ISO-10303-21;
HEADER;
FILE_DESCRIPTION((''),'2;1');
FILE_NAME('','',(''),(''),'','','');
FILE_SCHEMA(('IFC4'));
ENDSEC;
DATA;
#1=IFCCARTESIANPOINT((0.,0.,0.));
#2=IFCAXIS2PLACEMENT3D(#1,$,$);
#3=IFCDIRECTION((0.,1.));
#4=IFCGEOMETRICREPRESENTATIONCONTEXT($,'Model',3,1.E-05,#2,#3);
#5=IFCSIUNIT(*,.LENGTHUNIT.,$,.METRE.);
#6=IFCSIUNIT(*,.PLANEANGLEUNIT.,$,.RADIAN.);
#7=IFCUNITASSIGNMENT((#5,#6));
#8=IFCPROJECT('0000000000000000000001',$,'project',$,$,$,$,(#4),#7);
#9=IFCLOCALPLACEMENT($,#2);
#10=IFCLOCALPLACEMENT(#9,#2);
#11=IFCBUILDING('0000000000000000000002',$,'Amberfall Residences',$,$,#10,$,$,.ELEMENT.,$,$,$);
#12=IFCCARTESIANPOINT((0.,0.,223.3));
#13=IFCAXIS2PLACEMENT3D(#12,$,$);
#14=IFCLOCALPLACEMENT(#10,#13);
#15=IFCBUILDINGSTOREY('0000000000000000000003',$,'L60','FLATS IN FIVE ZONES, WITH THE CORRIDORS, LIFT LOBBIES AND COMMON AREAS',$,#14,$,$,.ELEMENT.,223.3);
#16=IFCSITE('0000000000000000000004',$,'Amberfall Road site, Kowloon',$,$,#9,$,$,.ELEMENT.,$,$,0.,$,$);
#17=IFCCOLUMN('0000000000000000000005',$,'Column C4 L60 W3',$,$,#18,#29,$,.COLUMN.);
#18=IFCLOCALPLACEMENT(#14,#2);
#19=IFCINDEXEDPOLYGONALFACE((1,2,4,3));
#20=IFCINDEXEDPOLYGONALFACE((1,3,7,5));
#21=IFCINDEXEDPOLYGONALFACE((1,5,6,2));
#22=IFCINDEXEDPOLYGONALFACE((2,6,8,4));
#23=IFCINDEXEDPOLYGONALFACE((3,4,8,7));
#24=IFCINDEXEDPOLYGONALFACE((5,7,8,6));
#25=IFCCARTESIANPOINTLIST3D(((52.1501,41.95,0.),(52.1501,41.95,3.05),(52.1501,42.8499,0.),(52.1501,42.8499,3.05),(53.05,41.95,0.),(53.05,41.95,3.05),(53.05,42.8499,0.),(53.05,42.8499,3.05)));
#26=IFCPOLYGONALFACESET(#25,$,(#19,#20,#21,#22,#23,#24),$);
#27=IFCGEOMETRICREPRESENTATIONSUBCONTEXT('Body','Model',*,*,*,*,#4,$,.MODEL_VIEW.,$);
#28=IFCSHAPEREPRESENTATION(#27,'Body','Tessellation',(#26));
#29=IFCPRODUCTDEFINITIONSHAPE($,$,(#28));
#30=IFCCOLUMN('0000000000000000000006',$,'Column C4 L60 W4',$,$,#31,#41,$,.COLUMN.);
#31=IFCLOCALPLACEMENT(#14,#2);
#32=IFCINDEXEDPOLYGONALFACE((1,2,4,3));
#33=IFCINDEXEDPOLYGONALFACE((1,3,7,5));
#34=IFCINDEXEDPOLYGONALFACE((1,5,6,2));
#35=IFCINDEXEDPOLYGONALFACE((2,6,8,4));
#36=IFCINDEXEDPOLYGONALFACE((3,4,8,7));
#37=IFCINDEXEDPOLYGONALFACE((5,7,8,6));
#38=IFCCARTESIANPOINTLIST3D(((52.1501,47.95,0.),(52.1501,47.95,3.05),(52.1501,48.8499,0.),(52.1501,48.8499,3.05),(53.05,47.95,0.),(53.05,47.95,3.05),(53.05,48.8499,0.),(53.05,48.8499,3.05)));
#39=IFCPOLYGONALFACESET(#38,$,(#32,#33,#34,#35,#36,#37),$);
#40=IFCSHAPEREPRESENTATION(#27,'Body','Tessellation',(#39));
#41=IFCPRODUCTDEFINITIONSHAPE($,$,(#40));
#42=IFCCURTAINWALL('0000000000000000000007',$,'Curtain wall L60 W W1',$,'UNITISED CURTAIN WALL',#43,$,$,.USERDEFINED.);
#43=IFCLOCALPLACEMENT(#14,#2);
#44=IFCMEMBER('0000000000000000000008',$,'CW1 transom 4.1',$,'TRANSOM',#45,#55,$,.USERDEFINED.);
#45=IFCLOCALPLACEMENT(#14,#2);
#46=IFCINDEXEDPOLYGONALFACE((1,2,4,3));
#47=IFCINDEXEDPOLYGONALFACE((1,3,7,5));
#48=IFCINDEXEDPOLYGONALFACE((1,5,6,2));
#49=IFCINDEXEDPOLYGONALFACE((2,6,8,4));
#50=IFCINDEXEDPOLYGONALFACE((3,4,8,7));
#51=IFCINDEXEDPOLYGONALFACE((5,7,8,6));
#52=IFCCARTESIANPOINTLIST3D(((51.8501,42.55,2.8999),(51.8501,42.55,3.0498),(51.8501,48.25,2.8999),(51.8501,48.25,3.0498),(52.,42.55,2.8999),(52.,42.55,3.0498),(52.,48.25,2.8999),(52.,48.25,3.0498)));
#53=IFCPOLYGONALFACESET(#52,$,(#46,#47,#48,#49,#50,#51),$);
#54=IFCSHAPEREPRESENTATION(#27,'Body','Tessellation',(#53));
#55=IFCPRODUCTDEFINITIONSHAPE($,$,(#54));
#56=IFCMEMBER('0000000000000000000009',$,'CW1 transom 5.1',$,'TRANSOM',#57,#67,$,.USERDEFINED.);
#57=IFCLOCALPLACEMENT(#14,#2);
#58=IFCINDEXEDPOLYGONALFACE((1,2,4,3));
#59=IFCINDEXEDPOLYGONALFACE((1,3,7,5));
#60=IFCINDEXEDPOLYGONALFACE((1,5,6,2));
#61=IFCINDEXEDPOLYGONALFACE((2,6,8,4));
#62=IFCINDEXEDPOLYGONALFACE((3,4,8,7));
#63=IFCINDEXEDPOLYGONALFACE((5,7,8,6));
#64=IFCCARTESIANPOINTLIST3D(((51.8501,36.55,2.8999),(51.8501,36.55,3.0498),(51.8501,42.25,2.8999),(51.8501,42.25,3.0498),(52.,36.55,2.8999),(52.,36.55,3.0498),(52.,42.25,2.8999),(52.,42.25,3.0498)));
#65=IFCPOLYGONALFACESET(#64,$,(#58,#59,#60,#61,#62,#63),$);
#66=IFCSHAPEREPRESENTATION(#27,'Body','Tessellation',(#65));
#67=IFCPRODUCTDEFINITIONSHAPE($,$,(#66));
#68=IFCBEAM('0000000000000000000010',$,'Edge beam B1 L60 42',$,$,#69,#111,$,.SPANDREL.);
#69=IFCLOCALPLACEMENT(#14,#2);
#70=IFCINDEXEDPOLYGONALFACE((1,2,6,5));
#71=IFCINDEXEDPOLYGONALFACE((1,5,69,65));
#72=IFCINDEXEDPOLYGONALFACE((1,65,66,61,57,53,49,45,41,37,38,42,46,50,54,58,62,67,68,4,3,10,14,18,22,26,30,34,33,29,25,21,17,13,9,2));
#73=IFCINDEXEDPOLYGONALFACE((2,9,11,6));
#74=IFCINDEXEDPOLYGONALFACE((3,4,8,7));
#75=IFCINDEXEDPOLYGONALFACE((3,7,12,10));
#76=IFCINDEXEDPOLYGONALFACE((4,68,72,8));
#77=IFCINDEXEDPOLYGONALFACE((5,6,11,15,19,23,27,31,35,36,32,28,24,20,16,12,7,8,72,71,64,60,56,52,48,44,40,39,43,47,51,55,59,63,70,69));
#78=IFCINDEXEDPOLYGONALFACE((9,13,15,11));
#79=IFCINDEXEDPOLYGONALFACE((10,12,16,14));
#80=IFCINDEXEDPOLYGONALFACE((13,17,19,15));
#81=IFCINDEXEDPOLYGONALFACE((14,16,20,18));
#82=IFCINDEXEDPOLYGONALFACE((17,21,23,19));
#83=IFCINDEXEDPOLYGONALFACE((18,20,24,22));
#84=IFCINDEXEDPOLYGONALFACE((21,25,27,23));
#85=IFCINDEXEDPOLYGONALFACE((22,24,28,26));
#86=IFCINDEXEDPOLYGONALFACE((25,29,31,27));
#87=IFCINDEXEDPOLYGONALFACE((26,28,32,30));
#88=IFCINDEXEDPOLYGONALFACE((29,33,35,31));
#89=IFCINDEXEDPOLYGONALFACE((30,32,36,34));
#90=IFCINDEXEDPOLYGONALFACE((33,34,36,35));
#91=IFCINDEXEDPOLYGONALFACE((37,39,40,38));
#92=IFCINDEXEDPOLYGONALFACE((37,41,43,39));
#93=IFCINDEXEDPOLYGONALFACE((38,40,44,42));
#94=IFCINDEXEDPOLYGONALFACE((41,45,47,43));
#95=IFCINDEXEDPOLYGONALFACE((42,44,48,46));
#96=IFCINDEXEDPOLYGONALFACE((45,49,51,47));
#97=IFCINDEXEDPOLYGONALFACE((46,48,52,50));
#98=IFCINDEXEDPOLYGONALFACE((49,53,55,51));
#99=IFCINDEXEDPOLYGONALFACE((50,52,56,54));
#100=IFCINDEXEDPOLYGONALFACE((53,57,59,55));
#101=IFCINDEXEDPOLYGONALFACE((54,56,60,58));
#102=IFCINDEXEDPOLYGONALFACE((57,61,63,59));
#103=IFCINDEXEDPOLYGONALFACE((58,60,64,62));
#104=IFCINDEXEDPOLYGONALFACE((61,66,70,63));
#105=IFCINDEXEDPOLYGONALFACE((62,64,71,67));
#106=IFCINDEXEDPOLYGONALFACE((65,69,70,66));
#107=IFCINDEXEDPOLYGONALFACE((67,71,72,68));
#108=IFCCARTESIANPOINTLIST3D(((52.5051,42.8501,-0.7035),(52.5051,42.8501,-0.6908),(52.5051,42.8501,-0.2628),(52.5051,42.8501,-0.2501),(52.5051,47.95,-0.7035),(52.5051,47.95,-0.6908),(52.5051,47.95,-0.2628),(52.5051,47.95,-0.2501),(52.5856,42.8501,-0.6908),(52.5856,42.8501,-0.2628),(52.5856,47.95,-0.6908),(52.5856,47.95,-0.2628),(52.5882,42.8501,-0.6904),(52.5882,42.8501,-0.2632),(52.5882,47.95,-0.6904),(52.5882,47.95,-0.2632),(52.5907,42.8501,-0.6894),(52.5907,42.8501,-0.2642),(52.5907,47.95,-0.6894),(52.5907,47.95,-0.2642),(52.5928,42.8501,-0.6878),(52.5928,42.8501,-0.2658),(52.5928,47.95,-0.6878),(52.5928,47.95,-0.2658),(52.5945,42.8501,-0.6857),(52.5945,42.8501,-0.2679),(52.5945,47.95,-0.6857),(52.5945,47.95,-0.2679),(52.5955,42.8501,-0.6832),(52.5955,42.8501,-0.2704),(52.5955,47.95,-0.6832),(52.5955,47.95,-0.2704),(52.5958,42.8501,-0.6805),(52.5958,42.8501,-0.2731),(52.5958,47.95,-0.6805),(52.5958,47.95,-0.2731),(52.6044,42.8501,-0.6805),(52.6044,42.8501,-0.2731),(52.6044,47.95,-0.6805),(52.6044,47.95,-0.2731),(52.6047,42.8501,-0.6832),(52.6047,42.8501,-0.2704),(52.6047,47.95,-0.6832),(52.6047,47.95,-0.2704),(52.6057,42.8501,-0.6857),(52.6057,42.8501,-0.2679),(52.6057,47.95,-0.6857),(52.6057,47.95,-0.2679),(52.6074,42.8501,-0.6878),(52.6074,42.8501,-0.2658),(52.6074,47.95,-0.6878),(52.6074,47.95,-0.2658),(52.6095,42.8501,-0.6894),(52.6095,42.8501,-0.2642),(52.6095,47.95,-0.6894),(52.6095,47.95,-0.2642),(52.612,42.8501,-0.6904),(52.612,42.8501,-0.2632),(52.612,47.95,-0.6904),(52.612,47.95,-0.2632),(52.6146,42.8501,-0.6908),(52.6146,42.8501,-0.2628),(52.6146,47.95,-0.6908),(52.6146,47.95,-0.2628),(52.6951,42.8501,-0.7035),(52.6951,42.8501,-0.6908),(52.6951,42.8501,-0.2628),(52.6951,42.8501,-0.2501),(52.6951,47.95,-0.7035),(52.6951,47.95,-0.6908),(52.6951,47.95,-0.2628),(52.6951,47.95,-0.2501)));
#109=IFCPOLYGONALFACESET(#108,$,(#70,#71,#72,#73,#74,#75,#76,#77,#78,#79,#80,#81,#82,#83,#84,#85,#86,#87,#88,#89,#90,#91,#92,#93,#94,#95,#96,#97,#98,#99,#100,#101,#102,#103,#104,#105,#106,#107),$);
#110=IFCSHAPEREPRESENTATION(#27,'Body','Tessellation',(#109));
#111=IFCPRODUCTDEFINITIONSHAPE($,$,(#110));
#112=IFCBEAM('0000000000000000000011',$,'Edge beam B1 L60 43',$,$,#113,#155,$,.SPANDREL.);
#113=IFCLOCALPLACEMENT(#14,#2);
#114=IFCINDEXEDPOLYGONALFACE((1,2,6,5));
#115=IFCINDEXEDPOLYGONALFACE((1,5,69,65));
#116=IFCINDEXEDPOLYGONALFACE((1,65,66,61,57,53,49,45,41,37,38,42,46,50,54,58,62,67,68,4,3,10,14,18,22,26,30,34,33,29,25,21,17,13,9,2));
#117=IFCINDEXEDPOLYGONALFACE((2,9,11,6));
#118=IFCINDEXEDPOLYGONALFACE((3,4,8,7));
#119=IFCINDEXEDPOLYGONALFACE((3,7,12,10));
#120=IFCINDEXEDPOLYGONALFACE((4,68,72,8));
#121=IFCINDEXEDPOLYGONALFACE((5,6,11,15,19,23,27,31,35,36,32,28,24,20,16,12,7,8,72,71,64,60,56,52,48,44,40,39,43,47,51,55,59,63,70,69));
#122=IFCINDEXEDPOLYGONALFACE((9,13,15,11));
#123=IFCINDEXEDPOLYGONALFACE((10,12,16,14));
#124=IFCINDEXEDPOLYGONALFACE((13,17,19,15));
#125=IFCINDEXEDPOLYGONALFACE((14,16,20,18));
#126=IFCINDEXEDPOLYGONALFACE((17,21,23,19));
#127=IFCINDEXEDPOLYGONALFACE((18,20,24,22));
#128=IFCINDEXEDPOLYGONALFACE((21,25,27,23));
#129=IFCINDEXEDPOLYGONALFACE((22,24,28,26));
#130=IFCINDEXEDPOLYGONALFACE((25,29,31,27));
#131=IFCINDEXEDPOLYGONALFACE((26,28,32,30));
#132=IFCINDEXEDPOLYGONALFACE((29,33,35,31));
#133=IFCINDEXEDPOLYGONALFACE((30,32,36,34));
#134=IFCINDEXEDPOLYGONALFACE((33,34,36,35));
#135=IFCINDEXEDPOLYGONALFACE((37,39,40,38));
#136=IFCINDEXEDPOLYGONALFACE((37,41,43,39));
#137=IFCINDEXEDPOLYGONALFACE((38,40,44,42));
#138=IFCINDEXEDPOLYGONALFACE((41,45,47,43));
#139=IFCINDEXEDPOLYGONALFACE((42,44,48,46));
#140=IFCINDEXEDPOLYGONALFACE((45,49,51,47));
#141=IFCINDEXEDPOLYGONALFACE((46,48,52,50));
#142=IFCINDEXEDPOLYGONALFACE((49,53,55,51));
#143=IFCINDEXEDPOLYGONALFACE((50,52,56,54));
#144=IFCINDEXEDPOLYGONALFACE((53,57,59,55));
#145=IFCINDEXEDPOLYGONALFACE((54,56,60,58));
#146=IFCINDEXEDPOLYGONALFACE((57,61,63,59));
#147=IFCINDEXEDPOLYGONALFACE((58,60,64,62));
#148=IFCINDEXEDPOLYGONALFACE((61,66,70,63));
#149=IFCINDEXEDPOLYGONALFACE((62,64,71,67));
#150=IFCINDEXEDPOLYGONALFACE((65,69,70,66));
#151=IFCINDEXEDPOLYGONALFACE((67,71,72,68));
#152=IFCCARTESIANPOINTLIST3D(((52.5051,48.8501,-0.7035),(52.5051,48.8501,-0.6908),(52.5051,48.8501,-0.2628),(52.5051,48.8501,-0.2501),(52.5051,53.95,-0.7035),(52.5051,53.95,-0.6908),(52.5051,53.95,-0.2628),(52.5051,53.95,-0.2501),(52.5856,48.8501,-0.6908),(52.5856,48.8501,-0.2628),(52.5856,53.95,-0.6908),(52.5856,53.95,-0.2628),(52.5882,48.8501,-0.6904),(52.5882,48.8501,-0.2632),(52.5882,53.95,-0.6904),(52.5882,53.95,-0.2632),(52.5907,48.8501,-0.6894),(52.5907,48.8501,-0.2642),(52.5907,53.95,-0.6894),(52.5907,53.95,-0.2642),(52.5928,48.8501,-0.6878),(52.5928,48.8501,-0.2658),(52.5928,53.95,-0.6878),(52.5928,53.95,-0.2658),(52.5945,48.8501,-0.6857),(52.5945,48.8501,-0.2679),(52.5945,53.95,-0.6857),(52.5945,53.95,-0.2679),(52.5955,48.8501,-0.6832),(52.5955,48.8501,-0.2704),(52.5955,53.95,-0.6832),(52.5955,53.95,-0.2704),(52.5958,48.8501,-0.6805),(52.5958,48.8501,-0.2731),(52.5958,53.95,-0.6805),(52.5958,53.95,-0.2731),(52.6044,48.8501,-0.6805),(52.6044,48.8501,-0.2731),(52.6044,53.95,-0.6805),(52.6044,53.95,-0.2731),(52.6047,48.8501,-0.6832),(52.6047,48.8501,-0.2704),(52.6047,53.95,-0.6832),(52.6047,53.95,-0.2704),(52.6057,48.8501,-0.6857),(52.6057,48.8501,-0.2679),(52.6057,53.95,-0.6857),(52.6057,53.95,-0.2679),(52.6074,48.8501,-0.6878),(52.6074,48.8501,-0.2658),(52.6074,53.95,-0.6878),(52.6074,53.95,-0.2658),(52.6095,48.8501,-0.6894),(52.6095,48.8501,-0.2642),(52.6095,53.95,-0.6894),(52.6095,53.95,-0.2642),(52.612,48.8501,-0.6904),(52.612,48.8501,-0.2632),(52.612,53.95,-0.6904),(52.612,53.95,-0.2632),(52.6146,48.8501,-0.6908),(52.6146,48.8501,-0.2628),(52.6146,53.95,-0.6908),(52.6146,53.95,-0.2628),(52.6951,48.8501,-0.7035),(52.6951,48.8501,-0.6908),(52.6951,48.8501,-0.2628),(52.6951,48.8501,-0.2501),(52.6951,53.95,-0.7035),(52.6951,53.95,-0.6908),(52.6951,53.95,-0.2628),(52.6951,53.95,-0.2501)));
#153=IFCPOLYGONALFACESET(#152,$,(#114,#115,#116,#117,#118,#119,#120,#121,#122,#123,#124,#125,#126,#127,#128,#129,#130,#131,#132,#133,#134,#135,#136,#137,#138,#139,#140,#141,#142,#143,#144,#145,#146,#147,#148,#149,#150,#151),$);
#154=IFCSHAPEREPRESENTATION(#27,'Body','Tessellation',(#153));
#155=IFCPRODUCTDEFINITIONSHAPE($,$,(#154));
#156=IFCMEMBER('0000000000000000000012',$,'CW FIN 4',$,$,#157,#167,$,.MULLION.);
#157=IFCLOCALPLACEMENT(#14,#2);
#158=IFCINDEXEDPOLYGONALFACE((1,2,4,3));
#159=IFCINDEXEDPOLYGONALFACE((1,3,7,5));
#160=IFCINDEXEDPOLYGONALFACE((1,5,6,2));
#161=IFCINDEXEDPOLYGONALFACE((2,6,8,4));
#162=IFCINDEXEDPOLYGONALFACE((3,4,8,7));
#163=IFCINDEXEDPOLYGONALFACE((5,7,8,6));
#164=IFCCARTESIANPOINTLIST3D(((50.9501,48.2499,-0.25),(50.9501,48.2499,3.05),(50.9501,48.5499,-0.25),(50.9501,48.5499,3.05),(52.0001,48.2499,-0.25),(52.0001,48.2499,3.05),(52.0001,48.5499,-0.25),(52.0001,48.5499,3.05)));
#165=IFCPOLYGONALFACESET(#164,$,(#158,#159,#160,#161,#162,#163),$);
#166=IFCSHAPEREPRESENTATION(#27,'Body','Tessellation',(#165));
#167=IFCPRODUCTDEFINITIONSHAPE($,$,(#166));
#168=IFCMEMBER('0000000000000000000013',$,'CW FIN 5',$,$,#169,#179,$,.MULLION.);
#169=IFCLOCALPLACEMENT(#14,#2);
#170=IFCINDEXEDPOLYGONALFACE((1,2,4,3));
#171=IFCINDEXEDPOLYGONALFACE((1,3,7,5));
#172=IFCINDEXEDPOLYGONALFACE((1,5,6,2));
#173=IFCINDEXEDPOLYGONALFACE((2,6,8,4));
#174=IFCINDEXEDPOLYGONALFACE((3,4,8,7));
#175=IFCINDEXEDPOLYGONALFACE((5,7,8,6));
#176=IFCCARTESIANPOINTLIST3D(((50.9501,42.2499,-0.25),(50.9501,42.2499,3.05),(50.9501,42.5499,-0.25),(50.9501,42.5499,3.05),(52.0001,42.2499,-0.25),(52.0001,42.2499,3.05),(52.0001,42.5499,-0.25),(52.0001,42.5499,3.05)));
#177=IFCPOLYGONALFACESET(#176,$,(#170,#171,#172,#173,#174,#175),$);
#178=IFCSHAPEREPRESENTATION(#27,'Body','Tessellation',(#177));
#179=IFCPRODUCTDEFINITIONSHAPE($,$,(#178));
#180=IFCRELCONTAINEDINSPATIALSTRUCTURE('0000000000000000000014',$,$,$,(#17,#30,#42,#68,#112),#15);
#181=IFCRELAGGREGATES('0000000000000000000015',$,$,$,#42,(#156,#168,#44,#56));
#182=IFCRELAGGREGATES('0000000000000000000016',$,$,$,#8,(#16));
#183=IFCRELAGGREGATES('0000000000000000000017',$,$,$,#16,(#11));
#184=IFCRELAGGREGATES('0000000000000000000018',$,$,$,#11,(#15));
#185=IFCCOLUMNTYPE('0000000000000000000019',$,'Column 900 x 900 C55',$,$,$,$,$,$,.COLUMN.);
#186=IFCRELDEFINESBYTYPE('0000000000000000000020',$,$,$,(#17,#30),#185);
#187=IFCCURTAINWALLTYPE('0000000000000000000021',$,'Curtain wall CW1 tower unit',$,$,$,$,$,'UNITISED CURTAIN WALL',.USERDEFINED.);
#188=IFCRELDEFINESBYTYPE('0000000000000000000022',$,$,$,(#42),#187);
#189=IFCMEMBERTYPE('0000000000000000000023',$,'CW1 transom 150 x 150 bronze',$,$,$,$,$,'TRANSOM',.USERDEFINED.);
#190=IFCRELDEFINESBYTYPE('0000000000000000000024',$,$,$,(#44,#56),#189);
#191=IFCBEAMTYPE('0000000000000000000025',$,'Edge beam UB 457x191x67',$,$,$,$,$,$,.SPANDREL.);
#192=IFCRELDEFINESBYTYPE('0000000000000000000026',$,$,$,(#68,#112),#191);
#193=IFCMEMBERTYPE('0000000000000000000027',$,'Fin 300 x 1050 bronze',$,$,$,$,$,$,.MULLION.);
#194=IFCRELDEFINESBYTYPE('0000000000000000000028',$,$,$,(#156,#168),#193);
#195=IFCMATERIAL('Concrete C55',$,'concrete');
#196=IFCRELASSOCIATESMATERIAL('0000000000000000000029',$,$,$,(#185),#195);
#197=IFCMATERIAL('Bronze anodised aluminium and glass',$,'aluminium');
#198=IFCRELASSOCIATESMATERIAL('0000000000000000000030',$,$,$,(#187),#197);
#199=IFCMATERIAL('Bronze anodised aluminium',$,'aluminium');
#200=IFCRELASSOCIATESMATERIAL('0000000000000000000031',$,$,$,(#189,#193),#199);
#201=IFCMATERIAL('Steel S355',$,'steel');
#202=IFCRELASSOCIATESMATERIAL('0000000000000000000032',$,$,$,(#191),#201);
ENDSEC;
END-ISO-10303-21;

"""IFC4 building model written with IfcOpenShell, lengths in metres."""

from ifc_helpers import new_model, si_unit, direction, frame, origin, origin_2d, place, context, subcontext, project, spatial, rectangle, i_section, extrude, material, material_profile, profile_set, type_object, element, aggregate, save


model = new_model("IFC4")

# Units and contexts
model_context = context("Model", 3, precision=1e-05, world=origin(), true_north=direction((0.0, 1.0)))
body_context = subcontext(model_context, "Body", "Model", "MODEL_VIEW")
ifc_project = project(units=[si_unit("LENGTHUNIT", "METRE"), si_unit("PLANEANGLEUNIT", "RADIAN")], contexts=[model_context])

# Site, building, storey
site_placement = place(None, origin())
site = spatial("IfcSite", under=ifc_project, at=site_placement, Name="Amberfall Road site, Kowloon", CompositionType="ELEMENT", RefElevation=0.0)
building_placement = place(site_placement, origin())
building = spatial("IfcBuilding", under=site, at=building_placement, Name="Amberfall Residences", CompositionType="ELEMENT")
storey_placement = place(building_placement, frame((0.0, 0.0, 223.3)))
storey = spatial("IfcBuildingStorey", under=building, at=storey_placement, Name="L60", Description="FLATS IN FIVE ZONES, WITH THE CORRIDORS, LIFT LOBBIES AND COMMON AREAS", CompositionType="ELEMENT", Elevation=223.3)

# Columns
ifc_material_1 = material(Name="Concrete C55", Category="concrete")
ifc_material_profile_1 = material_profile(ifc_material_1, rectangle(XDim=0.8999, YDim=0.8999, at=origin_2d()), Name="Column 900 x 900 C55")
ifc_profile_set_1 = profile_set([ifc_material_profile_1], Name="Concrete C55")
column_type = type_object("IfcColumnType", Name="Column 900 x 900 C55", PredefinedType="COLUMN", material=ifc_profile_set_1)
for number, where, z_axis, x_axis, name in (
    (1, (52.6001, 42.3999, 0.0), (0.0, 0.0, 1.0), (1.0, 0.0, 0.0), "Column C4 L60 W3"),
    (2, (52.6001, 48.3999, 0.0), (0.0, 0.0, 1.0), (1.0, 0.0, 0.0), "Column C4 L60 W4"),
):
    element("IfcColumn", number, at=place(storey_placement, frame(where, z_axis=z_axis, x_axis=x_axis)), inside=storey, type_object=column_type, Name=name, PredefinedType="COLUMN", context=body_context, shape_type="SweptSolid", body=[
        extrude(rectangle(XDim=0.8999, YDim=0.8999, at=origin_2d()), origin(), (0.0, 0.0, 1.0), 3.05),
    ])

# Curtain wall, members
ifc_material_2 = material(Name="Bronze anodised aluminium and glass", Category="aluminium")
curtain_wall_type = type_object("IfcCurtainWallType", Name="Curtain wall CW1 tower unit", ElementType="UNITISED CURTAIN WALL", PredefinedType="USERDEFINED", material=ifc_material_2)
curtain_wall_placement = place(storey_placement, origin())
curtain_wall = element("IfcCurtainWall", 3, at=curtain_wall_placement, inside=storey, type_object=curtain_wall_type, Name="Curtain wall L60 W W1", ObjectType="UNITISED CURTAIN WALL", PredefinedType="USERDEFINED")
ifc_material_3 = material(Name="Bronze anodised aluminium", Category="aluminium")
ifc_material_profile_2 = material_profile(ifc_material_3, rectangle(XDim=0.1499, YDim=0.1499, at=origin_2d()), Name="CW1 transom 150 x 150 bronze")
ifc_profile_set_2 = profile_set([ifc_material_profile_2], Name="Bronze anodised aluminium")
member_type_1 = type_object("IfcMemberType", Name="CW1 transom 150 x 150 bronze", ElementType="TRANSOM", PredefinedType="USERDEFINED", material=ifc_profile_set_2)
member_1_placement = place(storey_placement, frame((51.925, 48.25, 2.9749), z_axis=(0.0, -1.0, 0.0), x_axis=(1.0, 0.0, 0.0)))
member_1 = element("IfcMember", 4, at=member_1_placement, type_object=member_type_1, Name="CW1 transom 4.1", ObjectType="TRANSOM", PredefinedType="USERDEFINED", context=body_context, shape_type="SweptSolid", body=[
    extrude(rectangle(XDim=0.1499, YDim=0.1499, at=origin_2d()), origin(), (0.0, 0.0, 1.0), 5.7),
])
member_2_placement = place(storey_placement, frame((51.925, 42.25, 2.9749), z_axis=(0.0, -1.0, 0.0), x_axis=(1.0, 0.0, 0.0)))
member_2 = element("IfcMember", 5, at=member_2_placement, type_object=member_type_1, Name="CW1 transom 5.1", ObjectType="TRANSOM", PredefinedType="USERDEFINED", context=body_context, shape_type="SweptSolid", body=[
    extrude(rectangle(XDim=0.1499, YDim=0.1499, at=origin_2d()), origin(), (0.0, 0.0, 1.0), 5.7),
])

# Beams
ifc_material_4 = material(Name="Steel S355", Category="steel")
ifc_material_profile_3 = material_profile(ifc_material_4, i_section(OverallWidth=0.1899, OverallDepth=0.4534, WebThickness=0.0085, FlangeThickness=0.0127, FilletRadius=0.0103, at=origin_2d()), Name="UB 457x191x67")
ifc_profile_set_3 = profile_set([ifc_material_profile_3], Name="Steel S355")
beam_type_1 = type_object("IfcBeamType", Name="Edge beam UB 457x191x67", PredefinedType="SPANDREL", material=ifc_profile_set_3)
for number, where, z_axis, x_axis, name in (
    (6, (52.6001, 42.8501, -0.4768), (0.0, 1.0, 0.0), (-1.0, 0.0, 0.0), "Edge beam B1 L60 42"),
    (7, (52.6001, 48.8501, -0.4768), (0.0, 1.0, 0.0), (-1.0, 0.0, 0.0), "Edge beam B1 L60 43"),
):
    element("IfcBeam", number, at=place(storey_placement, frame(where, z_axis=z_axis, x_axis=x_axis)), inside=storey, type_object=beam_type_1, Name=name, PredefinedType="SPANDREL", context=body_context, shape_type="SweptSolid", body=[
        extrude(i_section(OverallWidth=0.1899, OverallDepth=0.4534, WebThickness=0.0085, FlangeThickness=0.0127, FilletRadius=0.0103, at=origin_2d()), origin(), (0.0, 0.0, 1.0), 5.0999),
    ])

# Members
ifc_material_profile_4 = material_profile(ifc_material_3, rectangle(XDim=1.05, YDim=0.3, at=origin_2d()), Name="Fin 300 x 1050 bronze")
ifc_profile_set_4 = profile_set([ifc_material_profile_4], Name="Bronze anodised aluminium")
member_type_2 = type_object("IfcMemberType", Name="Fin 300 x 1050 bronze", PredefinedType="MULLION", material=ifc_profile_set_4)
member_3_placement = place(storey_placement, frame((51.4751, 48.3999, -0.25), z_axis=(0.0, 0.0, 1.0), x_axis=(1.0, 0.0, 0.0)))
member_3 = element("IfcMember", 8, at=member_3_placement, type_object=member_type_2, Name="CW FIN 4", PredefinedType="MULLION", context=body_context, shape_type="SweptSolid", body=[
    extrude(rectangle(XDim=1.05, YDim=0.3, at=origin_2d()), origin(), (0.0, 0.0, 1.0), 3.3),
])
member_4_placement = place(storey_placement, frame((51.4751, 42.3999, -0.25), z_axis=(0.0, 0.0, 1.0), x_axis=(1.0, 0.0, 0.0)))
member_4 = element("IfcMember", 9, at=member_4_placement, type_object=member_type_2, Name="CW FIN 5", PredefinedType="MULLION", context=body_context, shape_type="SweptSolid", body=[
    extrude(rectangle(XDim=1.05, YDim=0.3, at=origin_2d()), origin(), (0.0, 0.0, 1.0), 3.3),
])

aggregate(curtain_wall, [member_3, member_4, member_1, member_2])

save(model, "model.ifc")
